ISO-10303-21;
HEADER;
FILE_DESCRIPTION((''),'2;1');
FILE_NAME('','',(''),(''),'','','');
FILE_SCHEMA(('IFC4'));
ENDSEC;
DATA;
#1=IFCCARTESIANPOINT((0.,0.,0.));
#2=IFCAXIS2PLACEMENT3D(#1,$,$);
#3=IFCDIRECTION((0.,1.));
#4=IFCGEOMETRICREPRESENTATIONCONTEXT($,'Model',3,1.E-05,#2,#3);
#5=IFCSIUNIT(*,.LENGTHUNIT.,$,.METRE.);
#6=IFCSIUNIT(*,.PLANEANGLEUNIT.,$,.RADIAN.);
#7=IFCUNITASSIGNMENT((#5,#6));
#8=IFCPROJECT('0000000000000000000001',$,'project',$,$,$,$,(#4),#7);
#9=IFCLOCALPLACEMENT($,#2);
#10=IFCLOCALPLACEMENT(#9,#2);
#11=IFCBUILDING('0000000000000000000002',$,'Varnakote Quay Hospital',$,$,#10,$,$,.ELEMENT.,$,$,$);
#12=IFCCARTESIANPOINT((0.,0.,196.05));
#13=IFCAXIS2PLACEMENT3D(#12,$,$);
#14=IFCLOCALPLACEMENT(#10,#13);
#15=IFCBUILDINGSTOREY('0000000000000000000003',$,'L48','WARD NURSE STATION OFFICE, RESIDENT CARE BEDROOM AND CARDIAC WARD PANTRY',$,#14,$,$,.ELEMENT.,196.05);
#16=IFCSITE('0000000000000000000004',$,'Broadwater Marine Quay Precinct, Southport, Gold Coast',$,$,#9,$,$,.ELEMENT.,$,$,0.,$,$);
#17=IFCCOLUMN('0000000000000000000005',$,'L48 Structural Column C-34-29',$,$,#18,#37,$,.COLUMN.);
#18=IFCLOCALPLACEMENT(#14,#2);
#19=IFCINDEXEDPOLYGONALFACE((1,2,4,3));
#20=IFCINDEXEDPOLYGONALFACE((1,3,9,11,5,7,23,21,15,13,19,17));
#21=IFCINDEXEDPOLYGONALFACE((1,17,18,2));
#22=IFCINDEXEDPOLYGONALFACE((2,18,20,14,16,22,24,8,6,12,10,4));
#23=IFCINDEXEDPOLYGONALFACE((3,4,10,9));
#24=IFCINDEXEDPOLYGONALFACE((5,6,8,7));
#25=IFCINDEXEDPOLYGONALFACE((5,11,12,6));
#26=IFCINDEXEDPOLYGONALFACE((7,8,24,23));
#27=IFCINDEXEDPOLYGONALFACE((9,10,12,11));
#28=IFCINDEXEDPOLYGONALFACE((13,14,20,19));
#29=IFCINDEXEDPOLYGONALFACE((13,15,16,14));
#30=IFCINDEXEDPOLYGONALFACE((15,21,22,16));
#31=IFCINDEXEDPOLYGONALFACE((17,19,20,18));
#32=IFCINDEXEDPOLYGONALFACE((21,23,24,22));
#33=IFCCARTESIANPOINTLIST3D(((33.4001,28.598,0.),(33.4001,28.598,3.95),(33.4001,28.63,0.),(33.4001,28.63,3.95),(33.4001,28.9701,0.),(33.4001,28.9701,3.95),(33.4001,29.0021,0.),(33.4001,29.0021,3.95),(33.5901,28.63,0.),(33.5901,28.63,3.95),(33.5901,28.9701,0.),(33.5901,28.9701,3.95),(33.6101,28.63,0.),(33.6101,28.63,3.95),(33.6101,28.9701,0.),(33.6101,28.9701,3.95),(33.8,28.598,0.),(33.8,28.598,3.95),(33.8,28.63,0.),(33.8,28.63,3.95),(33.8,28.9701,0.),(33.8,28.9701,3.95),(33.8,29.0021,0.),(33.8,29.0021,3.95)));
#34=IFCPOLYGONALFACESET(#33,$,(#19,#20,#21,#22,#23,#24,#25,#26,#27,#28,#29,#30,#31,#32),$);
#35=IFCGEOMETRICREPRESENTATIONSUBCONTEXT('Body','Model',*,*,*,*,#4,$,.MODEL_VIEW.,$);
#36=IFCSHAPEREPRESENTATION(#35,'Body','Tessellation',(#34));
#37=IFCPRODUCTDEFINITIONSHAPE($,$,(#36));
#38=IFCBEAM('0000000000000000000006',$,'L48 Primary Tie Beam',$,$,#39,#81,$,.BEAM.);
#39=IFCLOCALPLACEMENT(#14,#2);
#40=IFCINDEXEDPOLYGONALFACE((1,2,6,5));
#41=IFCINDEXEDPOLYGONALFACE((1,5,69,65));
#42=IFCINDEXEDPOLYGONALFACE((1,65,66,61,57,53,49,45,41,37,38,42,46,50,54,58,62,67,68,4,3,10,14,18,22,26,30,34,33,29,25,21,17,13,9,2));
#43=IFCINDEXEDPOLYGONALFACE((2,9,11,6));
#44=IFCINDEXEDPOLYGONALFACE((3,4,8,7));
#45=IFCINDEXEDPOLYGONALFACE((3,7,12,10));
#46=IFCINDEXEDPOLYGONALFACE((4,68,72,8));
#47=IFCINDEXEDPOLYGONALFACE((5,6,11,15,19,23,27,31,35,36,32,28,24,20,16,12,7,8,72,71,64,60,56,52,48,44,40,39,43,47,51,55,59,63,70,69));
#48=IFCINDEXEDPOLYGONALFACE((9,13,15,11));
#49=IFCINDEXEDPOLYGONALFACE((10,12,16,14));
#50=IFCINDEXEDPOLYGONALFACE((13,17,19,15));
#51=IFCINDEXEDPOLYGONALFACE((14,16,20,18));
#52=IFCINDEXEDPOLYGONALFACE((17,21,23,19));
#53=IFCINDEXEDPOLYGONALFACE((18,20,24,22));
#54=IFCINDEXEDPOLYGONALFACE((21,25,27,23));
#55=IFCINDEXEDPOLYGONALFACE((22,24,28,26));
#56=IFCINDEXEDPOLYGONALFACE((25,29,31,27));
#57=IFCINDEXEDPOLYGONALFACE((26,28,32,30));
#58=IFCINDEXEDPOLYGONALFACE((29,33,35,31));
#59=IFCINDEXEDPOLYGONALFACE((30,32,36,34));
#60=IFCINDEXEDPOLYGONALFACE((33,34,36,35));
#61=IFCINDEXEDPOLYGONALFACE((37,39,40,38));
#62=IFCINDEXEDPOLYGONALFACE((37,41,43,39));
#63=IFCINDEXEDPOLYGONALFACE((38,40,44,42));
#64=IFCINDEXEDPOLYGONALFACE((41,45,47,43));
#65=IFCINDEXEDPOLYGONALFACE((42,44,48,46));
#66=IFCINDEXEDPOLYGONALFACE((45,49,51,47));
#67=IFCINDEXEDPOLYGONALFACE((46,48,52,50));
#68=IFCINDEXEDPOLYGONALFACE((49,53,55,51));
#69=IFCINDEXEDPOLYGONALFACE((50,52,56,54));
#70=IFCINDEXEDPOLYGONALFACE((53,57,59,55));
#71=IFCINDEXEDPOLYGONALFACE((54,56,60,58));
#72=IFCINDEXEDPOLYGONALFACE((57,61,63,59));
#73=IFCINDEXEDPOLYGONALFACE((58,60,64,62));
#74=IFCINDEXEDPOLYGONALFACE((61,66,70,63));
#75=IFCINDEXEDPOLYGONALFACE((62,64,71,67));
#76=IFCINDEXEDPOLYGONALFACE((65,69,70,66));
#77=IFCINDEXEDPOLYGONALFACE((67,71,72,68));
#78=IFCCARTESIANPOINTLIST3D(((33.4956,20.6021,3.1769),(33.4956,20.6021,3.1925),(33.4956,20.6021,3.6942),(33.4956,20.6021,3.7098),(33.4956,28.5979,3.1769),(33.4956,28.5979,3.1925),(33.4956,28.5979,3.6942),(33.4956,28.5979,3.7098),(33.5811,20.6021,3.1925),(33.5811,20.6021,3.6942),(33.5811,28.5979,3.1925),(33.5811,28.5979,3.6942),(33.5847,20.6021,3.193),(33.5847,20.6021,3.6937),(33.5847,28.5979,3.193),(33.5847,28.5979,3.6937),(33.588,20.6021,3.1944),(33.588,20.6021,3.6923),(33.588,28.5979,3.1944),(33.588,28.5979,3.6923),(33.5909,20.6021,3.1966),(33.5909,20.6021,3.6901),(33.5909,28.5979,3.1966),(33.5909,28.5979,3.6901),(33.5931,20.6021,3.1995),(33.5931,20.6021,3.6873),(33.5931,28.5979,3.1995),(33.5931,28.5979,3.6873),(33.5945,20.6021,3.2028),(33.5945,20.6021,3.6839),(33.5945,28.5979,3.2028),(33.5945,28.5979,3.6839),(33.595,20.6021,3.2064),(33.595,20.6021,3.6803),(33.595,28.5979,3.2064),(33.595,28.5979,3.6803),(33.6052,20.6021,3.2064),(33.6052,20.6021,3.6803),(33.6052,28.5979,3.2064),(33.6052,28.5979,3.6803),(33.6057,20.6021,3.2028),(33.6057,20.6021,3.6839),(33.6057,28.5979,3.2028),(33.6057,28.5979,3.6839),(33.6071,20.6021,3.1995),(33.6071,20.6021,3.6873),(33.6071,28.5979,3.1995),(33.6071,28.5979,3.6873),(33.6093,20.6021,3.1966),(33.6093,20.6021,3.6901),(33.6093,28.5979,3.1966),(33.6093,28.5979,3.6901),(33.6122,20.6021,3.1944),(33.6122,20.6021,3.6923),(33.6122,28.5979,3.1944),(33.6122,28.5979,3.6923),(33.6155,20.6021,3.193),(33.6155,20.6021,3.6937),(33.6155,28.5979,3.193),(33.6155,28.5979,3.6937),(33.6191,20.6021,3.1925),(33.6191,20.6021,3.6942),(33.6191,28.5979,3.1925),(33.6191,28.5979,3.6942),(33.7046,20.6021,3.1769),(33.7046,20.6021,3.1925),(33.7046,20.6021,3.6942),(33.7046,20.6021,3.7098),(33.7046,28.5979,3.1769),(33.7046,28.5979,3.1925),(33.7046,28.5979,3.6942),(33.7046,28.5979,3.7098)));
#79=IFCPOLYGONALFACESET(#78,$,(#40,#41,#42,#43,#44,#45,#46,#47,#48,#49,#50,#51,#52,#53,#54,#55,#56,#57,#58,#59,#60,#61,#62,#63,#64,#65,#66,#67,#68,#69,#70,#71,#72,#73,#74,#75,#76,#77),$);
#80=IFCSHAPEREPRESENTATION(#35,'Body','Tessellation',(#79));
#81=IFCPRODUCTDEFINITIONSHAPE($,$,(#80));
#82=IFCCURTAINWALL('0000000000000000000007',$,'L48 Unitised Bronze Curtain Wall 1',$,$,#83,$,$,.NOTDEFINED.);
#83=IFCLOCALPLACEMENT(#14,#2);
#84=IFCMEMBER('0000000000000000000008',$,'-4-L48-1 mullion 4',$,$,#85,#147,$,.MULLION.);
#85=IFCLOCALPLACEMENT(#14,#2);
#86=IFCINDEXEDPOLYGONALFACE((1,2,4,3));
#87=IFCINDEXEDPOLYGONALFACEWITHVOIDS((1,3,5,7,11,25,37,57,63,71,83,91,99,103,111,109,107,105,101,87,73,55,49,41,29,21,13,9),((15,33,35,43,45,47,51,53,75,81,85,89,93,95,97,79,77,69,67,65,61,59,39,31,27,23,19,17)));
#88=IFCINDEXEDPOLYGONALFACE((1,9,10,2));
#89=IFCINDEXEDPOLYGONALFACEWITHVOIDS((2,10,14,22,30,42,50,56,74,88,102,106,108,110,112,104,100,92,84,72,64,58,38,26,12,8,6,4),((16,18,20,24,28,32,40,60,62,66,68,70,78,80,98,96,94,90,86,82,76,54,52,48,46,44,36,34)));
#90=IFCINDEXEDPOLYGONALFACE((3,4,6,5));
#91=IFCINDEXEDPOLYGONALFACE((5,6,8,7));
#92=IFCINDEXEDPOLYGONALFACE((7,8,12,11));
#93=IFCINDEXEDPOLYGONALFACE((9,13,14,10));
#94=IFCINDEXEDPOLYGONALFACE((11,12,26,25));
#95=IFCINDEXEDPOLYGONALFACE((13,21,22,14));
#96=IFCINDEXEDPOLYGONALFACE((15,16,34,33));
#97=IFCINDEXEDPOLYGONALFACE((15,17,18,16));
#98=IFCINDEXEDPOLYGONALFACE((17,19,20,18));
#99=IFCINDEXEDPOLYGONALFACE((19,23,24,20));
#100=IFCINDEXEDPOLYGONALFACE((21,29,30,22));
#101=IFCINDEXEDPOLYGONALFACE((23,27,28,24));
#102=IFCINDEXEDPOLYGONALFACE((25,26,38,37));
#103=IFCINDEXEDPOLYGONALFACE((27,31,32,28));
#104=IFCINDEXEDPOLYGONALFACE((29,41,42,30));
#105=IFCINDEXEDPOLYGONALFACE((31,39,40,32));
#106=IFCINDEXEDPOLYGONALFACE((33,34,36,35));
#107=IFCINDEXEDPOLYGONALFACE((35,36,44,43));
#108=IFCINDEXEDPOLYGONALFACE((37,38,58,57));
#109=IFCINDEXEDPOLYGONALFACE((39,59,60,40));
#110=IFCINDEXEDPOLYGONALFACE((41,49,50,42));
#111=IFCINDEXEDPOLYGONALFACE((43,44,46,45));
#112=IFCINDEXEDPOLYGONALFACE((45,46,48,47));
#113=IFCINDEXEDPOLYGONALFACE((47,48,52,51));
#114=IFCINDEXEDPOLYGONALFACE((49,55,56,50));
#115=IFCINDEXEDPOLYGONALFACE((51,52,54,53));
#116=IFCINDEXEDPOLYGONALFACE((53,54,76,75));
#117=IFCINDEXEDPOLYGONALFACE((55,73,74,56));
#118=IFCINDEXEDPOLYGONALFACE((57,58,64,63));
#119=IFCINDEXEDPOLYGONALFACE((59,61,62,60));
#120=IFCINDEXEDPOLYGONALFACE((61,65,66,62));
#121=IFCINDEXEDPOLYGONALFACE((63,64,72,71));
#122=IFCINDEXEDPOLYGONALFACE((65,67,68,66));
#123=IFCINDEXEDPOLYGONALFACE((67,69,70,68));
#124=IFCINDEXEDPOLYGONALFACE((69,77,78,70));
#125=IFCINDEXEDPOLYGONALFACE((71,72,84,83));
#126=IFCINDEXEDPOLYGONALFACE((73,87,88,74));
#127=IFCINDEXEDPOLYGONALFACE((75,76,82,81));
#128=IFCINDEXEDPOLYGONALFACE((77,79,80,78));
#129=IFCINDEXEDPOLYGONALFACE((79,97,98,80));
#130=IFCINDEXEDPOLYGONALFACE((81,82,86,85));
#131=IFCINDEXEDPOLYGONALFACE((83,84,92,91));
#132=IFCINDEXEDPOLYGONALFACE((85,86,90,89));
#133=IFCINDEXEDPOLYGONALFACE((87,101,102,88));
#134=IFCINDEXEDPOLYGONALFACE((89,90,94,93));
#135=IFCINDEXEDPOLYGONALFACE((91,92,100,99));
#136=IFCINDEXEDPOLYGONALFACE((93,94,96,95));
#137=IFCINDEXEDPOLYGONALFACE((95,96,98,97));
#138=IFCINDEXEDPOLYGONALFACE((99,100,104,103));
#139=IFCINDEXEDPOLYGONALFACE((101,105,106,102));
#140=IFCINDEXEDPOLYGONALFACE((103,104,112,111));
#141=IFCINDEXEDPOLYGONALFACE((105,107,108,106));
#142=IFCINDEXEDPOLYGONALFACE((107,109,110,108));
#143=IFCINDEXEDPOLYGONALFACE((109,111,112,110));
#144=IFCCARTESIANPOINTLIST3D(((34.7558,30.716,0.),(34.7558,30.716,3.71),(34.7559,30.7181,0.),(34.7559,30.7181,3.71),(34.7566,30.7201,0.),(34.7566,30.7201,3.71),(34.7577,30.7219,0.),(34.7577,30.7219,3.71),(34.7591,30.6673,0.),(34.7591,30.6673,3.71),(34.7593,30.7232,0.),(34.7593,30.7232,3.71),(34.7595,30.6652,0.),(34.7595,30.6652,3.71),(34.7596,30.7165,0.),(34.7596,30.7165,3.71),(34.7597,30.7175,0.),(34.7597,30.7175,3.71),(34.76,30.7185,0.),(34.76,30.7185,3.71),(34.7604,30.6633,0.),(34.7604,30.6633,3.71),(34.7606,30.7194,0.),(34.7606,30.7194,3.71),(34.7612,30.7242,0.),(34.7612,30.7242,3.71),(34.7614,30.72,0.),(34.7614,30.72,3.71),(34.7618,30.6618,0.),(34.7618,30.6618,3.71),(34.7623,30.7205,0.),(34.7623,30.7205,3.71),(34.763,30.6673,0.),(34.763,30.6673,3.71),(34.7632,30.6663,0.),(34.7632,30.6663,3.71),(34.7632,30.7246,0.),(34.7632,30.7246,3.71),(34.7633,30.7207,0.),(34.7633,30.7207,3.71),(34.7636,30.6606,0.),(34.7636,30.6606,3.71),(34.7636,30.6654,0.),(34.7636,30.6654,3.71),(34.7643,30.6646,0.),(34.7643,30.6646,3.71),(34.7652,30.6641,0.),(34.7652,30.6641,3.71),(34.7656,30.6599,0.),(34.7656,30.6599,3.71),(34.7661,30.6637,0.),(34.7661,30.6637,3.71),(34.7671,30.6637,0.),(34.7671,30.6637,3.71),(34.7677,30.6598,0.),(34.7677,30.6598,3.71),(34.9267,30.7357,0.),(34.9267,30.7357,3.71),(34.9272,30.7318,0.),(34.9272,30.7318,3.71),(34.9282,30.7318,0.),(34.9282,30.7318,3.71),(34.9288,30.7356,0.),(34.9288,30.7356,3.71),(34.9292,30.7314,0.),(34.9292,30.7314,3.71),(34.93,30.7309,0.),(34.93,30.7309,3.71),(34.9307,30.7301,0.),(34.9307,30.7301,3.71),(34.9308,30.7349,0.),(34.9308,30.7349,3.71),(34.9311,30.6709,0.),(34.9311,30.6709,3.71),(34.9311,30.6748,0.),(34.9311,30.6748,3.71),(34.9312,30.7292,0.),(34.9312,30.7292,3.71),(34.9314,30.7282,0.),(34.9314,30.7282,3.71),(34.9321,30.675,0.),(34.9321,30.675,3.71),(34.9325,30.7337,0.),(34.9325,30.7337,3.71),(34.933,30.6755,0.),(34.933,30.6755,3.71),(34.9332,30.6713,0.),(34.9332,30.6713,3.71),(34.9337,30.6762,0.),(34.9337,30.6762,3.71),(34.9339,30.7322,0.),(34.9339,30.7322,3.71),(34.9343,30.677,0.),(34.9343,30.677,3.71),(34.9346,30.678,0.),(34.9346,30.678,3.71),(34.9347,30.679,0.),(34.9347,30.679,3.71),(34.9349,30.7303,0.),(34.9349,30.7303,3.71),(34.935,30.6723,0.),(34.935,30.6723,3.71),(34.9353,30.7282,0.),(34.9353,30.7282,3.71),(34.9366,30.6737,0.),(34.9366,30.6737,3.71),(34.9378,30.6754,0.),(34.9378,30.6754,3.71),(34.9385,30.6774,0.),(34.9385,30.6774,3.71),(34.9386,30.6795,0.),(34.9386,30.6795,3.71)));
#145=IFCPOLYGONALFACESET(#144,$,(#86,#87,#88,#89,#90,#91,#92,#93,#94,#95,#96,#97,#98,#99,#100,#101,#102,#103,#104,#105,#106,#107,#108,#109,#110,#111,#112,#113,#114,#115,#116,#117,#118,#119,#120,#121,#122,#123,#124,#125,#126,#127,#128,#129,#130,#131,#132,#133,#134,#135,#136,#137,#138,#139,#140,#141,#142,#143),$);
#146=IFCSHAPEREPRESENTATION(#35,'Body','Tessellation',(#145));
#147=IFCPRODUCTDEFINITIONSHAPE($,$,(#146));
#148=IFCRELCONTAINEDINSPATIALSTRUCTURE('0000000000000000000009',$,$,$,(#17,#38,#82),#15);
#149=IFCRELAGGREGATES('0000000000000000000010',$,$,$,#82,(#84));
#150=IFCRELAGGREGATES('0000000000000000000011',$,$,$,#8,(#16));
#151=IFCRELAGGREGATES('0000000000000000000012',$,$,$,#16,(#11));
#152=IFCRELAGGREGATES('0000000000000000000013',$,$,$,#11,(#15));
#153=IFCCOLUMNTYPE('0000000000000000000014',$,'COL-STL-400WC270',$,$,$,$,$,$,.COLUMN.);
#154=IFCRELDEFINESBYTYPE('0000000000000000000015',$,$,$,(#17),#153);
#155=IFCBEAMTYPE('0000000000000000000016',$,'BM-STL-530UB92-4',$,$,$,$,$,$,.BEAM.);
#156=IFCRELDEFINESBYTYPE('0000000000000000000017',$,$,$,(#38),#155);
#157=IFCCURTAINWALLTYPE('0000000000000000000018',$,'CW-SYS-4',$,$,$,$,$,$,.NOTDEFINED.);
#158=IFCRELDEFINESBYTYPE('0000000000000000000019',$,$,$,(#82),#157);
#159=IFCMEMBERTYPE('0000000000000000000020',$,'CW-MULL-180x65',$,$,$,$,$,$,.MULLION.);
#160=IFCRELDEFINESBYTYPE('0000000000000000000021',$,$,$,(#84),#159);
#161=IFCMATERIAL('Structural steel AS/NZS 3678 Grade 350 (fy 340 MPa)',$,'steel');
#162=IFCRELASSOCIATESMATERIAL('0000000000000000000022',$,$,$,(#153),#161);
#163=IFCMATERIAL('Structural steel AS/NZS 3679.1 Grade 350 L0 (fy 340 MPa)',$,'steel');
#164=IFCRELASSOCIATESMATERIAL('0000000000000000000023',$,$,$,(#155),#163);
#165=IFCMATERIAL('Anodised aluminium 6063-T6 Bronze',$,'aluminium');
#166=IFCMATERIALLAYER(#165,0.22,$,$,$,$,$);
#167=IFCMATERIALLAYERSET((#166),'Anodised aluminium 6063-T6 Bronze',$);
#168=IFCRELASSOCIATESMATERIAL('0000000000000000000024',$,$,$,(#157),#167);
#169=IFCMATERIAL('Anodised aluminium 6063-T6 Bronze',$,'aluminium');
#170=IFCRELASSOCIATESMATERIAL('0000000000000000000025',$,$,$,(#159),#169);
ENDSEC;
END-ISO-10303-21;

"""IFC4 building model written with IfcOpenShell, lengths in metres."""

from ifc_helpers import new_model, si_unit, direction, frame, origin, origin_2d, place, context, subcontext, project, spatial, hollow_rectangle, i_section, extrude, material, layer, layer_set, material_profile, profile_set, type_object, element, aggregate, save


model = new_model("IFC4")

# Units and contexts
model_context = context("Model", 3, precision=1e-05, world=origin(), true_north=direction((0.0, 1.0)))
body_context = subcontext(model_context, "Body", "Model", "MODEL_VIEW")
ifc_project = project(units=[si_unit("LENGTHUNIT", "METRE"), si_unit("PLANEANGLEUNIT", "RADIAN")], contexts=[model_context])

# Site, building, storey
site_placement = place(None, origin())
site = spatial("IfcSite", under=ifc_project, at=site_placement, Name="Broadwater Marine Quay Precinct, Southport, Gold Coast", CompositionType="ELEMENT", RefElevation=0.0)
building_placement = place(site_placement, origin())
building = spatial("IfcBuilding", under=site, at=building_placement, Name="Varnakote Quay Hospital", CompositionType="ELEMENT")
storey_placement = place(building_placement, frame((0.0, 0.0, 196.05)))
storey = spatial("IfcBuildingStorey", under=building, at=storey_placement, Name="L48", Description="WARD NURSE STATION OFFICE, RESIDENT CARE BEDROOM AND CARDIAC WARD PANTRY", CompositionType="ELEMENT", Elevation=196.05)

# Column
ifc_material_1 = material(Name="Structural steel AS/NZS 3678 Grade 350 (fy 340 MPa)", Category="steel")
ifc_material_profile_1 = material_profile(ifc_material_1, i_section(OverallWidth=0.3999, OverallDepth=0.4041, WebThickness=0.02, FlangeThickness=0.032, at=origin_2d()), Name="400WC270")
ifc_profile_set_1 = profile_set([ifc_material_profile_1], Name="Structural steel AS/NZS 3678 Grade 350 (fy 340 MPa)")
column_type = type_object("IfcColumnType", Name="COL-STL-400WC270", PredefinedType="COLUMN", material=ifc_profile_set_1)
column_placement = place(storey_placement, frame((33.6001, 28.8, 0.0), z_axis=(0.0, 0.0, 1.0), x_axis=(1.0, 0.0, 0.0)))
element("IfcColumn", 1, at=column_placement, inside=storey, type_object=column_type, Name="L48 Structural Column C-34-29", PredefinedType="COLUMN", context=body_context, shape_type="SweptSolid", body=[
    extrude(i_section(OverallWidth=0.3999, OverallDepth=0.4041, WebThickness=0.02, FlangeThickness=0.032, at=origin_2d()), origin(), (0.0, 0.0, 1.0), 3.95),
])

# Beam
ifc_material_2 = material(Name="Structural steel AS/NZS 3679.1 Grade 350 L0 (fy 340 MPa)", Category="steel")
ifc_material_profile_2 = material_profile(ifc_material_2, i_section(OverallWidth=0.209, OverallDepth=0.533, WebThickness=0.0103, FlangeThickness=0.0156, FilletRadius=0.0139, at=origin_2d()), Name="530UB92.4")
ifc_profile_set_2 = profile_set([ifc_material_profile_2], Name="Structural steel AS/NZS 3679.1 Grade 350 L0 (fy 340 MPa)")
beam_type_1 = type_object("IfcBeamType", Name="BM-STL-530UB92-4", PredefinedType="BEAM", material=ifc_profile_set_2)
beam_1_placement = place(storey_placement, frame((33.6001, 20.6021, 3.4434), z_axis=(0.0, 1.0, 0.0), x_axis=(-1.0, 0.0, 0.0)))
element("IfcBeam", 2, at=beam_1_placement, inside=storey, type_object=beam_type_1, Name="L48 Primary Tie Beam", PredefinedType="BEAM", context=body_context, shape_type="SweptSolid", body=[
    extrude(i_section(OverallWidth=0.209, OverallDepth=0.533, WebThickness=0.0103, FlangeThickness=0.0156, FilletRadius=0.0139, at=origin_2d()), origin(), (0.0, 0.0, 1.0), 7.9958),
])

# Curtain wall, member
ifc_material_3 = material(Name="Anodised aluminium 6063-T6 Bronze", Category="aluminium")
ifc_layer_1 = layer(ifc_material_3, 0.22)
ifc_layer_set_1 = layer_set([ifc_layer_1], Name="Anodised aluminium 6063-T6 Bronze")
curtain_wall_type = type_object("IfcCurtainWallType", Name="CW-SYS-4", PredefinedType="NOTDEFINED", material=ifc_layer_set_1)
curtain_wall_1_placement = place(storey_placement, origin())
curtain_wall_1 = element("IfcCurtainWall", 3, at=curtain_wall_1_placement, inside=storey, type_object=curtain_wall_type, Name="L48 Unitised Bronze Curtain Wall 1", PredefinedType="NOTDEFINED")
ifc_material_4 = material(Name="Anodised aluminium 6063-T6 Bronze", Category="aluminium")
ifc_material_profile_3 = material_profile(ifc_material_4, hollow_rectangle(XDim=0.0649, YDim=0.1799, WallThickness=0.0039, InnerFilletRadius=0.0039, OuterFilletRadius=0.0081, at=origin_2d()), Name="CW-MULL-180x65")
ifc_profile_set_3 = profile_set([ifc_material_profile_3], Name="Anodised aluminium 6063-T6 Bronze")
member_type_1 = type_object("IfcMemberType", Name="CW-MULL-180x65", PredefinedType="MULLION", material=ifc_profile_set_3)
member_1_placement = place(storey_placement, frame((34.8472, 30.6978, 0.0), z_axis=(0.0, 0.0, 1.0), x_axis=(0.067842, -0.997696, 0.0)))
member_1 = element("IfcMember", 4, at=member_1_placement, type_object=member_type_1, Name="-4-L48-1 mullion 4", PredefinedType="MULLION", context=body_context, shape_type="SweptSolid", body=[
    extrude(hollow_rectangle(XDim=0.0649, YDim=0.1799, WallThickness=0.0039, InnerFilletRadius=0.0039, OuterFilletRadius=0.0081, at=origin_2d()), origin(), (0.0, 0.0, 1.0), 3.71),
])

aggregate(curtain_wall_1, [member_1])

save(model, "model.ifc")
